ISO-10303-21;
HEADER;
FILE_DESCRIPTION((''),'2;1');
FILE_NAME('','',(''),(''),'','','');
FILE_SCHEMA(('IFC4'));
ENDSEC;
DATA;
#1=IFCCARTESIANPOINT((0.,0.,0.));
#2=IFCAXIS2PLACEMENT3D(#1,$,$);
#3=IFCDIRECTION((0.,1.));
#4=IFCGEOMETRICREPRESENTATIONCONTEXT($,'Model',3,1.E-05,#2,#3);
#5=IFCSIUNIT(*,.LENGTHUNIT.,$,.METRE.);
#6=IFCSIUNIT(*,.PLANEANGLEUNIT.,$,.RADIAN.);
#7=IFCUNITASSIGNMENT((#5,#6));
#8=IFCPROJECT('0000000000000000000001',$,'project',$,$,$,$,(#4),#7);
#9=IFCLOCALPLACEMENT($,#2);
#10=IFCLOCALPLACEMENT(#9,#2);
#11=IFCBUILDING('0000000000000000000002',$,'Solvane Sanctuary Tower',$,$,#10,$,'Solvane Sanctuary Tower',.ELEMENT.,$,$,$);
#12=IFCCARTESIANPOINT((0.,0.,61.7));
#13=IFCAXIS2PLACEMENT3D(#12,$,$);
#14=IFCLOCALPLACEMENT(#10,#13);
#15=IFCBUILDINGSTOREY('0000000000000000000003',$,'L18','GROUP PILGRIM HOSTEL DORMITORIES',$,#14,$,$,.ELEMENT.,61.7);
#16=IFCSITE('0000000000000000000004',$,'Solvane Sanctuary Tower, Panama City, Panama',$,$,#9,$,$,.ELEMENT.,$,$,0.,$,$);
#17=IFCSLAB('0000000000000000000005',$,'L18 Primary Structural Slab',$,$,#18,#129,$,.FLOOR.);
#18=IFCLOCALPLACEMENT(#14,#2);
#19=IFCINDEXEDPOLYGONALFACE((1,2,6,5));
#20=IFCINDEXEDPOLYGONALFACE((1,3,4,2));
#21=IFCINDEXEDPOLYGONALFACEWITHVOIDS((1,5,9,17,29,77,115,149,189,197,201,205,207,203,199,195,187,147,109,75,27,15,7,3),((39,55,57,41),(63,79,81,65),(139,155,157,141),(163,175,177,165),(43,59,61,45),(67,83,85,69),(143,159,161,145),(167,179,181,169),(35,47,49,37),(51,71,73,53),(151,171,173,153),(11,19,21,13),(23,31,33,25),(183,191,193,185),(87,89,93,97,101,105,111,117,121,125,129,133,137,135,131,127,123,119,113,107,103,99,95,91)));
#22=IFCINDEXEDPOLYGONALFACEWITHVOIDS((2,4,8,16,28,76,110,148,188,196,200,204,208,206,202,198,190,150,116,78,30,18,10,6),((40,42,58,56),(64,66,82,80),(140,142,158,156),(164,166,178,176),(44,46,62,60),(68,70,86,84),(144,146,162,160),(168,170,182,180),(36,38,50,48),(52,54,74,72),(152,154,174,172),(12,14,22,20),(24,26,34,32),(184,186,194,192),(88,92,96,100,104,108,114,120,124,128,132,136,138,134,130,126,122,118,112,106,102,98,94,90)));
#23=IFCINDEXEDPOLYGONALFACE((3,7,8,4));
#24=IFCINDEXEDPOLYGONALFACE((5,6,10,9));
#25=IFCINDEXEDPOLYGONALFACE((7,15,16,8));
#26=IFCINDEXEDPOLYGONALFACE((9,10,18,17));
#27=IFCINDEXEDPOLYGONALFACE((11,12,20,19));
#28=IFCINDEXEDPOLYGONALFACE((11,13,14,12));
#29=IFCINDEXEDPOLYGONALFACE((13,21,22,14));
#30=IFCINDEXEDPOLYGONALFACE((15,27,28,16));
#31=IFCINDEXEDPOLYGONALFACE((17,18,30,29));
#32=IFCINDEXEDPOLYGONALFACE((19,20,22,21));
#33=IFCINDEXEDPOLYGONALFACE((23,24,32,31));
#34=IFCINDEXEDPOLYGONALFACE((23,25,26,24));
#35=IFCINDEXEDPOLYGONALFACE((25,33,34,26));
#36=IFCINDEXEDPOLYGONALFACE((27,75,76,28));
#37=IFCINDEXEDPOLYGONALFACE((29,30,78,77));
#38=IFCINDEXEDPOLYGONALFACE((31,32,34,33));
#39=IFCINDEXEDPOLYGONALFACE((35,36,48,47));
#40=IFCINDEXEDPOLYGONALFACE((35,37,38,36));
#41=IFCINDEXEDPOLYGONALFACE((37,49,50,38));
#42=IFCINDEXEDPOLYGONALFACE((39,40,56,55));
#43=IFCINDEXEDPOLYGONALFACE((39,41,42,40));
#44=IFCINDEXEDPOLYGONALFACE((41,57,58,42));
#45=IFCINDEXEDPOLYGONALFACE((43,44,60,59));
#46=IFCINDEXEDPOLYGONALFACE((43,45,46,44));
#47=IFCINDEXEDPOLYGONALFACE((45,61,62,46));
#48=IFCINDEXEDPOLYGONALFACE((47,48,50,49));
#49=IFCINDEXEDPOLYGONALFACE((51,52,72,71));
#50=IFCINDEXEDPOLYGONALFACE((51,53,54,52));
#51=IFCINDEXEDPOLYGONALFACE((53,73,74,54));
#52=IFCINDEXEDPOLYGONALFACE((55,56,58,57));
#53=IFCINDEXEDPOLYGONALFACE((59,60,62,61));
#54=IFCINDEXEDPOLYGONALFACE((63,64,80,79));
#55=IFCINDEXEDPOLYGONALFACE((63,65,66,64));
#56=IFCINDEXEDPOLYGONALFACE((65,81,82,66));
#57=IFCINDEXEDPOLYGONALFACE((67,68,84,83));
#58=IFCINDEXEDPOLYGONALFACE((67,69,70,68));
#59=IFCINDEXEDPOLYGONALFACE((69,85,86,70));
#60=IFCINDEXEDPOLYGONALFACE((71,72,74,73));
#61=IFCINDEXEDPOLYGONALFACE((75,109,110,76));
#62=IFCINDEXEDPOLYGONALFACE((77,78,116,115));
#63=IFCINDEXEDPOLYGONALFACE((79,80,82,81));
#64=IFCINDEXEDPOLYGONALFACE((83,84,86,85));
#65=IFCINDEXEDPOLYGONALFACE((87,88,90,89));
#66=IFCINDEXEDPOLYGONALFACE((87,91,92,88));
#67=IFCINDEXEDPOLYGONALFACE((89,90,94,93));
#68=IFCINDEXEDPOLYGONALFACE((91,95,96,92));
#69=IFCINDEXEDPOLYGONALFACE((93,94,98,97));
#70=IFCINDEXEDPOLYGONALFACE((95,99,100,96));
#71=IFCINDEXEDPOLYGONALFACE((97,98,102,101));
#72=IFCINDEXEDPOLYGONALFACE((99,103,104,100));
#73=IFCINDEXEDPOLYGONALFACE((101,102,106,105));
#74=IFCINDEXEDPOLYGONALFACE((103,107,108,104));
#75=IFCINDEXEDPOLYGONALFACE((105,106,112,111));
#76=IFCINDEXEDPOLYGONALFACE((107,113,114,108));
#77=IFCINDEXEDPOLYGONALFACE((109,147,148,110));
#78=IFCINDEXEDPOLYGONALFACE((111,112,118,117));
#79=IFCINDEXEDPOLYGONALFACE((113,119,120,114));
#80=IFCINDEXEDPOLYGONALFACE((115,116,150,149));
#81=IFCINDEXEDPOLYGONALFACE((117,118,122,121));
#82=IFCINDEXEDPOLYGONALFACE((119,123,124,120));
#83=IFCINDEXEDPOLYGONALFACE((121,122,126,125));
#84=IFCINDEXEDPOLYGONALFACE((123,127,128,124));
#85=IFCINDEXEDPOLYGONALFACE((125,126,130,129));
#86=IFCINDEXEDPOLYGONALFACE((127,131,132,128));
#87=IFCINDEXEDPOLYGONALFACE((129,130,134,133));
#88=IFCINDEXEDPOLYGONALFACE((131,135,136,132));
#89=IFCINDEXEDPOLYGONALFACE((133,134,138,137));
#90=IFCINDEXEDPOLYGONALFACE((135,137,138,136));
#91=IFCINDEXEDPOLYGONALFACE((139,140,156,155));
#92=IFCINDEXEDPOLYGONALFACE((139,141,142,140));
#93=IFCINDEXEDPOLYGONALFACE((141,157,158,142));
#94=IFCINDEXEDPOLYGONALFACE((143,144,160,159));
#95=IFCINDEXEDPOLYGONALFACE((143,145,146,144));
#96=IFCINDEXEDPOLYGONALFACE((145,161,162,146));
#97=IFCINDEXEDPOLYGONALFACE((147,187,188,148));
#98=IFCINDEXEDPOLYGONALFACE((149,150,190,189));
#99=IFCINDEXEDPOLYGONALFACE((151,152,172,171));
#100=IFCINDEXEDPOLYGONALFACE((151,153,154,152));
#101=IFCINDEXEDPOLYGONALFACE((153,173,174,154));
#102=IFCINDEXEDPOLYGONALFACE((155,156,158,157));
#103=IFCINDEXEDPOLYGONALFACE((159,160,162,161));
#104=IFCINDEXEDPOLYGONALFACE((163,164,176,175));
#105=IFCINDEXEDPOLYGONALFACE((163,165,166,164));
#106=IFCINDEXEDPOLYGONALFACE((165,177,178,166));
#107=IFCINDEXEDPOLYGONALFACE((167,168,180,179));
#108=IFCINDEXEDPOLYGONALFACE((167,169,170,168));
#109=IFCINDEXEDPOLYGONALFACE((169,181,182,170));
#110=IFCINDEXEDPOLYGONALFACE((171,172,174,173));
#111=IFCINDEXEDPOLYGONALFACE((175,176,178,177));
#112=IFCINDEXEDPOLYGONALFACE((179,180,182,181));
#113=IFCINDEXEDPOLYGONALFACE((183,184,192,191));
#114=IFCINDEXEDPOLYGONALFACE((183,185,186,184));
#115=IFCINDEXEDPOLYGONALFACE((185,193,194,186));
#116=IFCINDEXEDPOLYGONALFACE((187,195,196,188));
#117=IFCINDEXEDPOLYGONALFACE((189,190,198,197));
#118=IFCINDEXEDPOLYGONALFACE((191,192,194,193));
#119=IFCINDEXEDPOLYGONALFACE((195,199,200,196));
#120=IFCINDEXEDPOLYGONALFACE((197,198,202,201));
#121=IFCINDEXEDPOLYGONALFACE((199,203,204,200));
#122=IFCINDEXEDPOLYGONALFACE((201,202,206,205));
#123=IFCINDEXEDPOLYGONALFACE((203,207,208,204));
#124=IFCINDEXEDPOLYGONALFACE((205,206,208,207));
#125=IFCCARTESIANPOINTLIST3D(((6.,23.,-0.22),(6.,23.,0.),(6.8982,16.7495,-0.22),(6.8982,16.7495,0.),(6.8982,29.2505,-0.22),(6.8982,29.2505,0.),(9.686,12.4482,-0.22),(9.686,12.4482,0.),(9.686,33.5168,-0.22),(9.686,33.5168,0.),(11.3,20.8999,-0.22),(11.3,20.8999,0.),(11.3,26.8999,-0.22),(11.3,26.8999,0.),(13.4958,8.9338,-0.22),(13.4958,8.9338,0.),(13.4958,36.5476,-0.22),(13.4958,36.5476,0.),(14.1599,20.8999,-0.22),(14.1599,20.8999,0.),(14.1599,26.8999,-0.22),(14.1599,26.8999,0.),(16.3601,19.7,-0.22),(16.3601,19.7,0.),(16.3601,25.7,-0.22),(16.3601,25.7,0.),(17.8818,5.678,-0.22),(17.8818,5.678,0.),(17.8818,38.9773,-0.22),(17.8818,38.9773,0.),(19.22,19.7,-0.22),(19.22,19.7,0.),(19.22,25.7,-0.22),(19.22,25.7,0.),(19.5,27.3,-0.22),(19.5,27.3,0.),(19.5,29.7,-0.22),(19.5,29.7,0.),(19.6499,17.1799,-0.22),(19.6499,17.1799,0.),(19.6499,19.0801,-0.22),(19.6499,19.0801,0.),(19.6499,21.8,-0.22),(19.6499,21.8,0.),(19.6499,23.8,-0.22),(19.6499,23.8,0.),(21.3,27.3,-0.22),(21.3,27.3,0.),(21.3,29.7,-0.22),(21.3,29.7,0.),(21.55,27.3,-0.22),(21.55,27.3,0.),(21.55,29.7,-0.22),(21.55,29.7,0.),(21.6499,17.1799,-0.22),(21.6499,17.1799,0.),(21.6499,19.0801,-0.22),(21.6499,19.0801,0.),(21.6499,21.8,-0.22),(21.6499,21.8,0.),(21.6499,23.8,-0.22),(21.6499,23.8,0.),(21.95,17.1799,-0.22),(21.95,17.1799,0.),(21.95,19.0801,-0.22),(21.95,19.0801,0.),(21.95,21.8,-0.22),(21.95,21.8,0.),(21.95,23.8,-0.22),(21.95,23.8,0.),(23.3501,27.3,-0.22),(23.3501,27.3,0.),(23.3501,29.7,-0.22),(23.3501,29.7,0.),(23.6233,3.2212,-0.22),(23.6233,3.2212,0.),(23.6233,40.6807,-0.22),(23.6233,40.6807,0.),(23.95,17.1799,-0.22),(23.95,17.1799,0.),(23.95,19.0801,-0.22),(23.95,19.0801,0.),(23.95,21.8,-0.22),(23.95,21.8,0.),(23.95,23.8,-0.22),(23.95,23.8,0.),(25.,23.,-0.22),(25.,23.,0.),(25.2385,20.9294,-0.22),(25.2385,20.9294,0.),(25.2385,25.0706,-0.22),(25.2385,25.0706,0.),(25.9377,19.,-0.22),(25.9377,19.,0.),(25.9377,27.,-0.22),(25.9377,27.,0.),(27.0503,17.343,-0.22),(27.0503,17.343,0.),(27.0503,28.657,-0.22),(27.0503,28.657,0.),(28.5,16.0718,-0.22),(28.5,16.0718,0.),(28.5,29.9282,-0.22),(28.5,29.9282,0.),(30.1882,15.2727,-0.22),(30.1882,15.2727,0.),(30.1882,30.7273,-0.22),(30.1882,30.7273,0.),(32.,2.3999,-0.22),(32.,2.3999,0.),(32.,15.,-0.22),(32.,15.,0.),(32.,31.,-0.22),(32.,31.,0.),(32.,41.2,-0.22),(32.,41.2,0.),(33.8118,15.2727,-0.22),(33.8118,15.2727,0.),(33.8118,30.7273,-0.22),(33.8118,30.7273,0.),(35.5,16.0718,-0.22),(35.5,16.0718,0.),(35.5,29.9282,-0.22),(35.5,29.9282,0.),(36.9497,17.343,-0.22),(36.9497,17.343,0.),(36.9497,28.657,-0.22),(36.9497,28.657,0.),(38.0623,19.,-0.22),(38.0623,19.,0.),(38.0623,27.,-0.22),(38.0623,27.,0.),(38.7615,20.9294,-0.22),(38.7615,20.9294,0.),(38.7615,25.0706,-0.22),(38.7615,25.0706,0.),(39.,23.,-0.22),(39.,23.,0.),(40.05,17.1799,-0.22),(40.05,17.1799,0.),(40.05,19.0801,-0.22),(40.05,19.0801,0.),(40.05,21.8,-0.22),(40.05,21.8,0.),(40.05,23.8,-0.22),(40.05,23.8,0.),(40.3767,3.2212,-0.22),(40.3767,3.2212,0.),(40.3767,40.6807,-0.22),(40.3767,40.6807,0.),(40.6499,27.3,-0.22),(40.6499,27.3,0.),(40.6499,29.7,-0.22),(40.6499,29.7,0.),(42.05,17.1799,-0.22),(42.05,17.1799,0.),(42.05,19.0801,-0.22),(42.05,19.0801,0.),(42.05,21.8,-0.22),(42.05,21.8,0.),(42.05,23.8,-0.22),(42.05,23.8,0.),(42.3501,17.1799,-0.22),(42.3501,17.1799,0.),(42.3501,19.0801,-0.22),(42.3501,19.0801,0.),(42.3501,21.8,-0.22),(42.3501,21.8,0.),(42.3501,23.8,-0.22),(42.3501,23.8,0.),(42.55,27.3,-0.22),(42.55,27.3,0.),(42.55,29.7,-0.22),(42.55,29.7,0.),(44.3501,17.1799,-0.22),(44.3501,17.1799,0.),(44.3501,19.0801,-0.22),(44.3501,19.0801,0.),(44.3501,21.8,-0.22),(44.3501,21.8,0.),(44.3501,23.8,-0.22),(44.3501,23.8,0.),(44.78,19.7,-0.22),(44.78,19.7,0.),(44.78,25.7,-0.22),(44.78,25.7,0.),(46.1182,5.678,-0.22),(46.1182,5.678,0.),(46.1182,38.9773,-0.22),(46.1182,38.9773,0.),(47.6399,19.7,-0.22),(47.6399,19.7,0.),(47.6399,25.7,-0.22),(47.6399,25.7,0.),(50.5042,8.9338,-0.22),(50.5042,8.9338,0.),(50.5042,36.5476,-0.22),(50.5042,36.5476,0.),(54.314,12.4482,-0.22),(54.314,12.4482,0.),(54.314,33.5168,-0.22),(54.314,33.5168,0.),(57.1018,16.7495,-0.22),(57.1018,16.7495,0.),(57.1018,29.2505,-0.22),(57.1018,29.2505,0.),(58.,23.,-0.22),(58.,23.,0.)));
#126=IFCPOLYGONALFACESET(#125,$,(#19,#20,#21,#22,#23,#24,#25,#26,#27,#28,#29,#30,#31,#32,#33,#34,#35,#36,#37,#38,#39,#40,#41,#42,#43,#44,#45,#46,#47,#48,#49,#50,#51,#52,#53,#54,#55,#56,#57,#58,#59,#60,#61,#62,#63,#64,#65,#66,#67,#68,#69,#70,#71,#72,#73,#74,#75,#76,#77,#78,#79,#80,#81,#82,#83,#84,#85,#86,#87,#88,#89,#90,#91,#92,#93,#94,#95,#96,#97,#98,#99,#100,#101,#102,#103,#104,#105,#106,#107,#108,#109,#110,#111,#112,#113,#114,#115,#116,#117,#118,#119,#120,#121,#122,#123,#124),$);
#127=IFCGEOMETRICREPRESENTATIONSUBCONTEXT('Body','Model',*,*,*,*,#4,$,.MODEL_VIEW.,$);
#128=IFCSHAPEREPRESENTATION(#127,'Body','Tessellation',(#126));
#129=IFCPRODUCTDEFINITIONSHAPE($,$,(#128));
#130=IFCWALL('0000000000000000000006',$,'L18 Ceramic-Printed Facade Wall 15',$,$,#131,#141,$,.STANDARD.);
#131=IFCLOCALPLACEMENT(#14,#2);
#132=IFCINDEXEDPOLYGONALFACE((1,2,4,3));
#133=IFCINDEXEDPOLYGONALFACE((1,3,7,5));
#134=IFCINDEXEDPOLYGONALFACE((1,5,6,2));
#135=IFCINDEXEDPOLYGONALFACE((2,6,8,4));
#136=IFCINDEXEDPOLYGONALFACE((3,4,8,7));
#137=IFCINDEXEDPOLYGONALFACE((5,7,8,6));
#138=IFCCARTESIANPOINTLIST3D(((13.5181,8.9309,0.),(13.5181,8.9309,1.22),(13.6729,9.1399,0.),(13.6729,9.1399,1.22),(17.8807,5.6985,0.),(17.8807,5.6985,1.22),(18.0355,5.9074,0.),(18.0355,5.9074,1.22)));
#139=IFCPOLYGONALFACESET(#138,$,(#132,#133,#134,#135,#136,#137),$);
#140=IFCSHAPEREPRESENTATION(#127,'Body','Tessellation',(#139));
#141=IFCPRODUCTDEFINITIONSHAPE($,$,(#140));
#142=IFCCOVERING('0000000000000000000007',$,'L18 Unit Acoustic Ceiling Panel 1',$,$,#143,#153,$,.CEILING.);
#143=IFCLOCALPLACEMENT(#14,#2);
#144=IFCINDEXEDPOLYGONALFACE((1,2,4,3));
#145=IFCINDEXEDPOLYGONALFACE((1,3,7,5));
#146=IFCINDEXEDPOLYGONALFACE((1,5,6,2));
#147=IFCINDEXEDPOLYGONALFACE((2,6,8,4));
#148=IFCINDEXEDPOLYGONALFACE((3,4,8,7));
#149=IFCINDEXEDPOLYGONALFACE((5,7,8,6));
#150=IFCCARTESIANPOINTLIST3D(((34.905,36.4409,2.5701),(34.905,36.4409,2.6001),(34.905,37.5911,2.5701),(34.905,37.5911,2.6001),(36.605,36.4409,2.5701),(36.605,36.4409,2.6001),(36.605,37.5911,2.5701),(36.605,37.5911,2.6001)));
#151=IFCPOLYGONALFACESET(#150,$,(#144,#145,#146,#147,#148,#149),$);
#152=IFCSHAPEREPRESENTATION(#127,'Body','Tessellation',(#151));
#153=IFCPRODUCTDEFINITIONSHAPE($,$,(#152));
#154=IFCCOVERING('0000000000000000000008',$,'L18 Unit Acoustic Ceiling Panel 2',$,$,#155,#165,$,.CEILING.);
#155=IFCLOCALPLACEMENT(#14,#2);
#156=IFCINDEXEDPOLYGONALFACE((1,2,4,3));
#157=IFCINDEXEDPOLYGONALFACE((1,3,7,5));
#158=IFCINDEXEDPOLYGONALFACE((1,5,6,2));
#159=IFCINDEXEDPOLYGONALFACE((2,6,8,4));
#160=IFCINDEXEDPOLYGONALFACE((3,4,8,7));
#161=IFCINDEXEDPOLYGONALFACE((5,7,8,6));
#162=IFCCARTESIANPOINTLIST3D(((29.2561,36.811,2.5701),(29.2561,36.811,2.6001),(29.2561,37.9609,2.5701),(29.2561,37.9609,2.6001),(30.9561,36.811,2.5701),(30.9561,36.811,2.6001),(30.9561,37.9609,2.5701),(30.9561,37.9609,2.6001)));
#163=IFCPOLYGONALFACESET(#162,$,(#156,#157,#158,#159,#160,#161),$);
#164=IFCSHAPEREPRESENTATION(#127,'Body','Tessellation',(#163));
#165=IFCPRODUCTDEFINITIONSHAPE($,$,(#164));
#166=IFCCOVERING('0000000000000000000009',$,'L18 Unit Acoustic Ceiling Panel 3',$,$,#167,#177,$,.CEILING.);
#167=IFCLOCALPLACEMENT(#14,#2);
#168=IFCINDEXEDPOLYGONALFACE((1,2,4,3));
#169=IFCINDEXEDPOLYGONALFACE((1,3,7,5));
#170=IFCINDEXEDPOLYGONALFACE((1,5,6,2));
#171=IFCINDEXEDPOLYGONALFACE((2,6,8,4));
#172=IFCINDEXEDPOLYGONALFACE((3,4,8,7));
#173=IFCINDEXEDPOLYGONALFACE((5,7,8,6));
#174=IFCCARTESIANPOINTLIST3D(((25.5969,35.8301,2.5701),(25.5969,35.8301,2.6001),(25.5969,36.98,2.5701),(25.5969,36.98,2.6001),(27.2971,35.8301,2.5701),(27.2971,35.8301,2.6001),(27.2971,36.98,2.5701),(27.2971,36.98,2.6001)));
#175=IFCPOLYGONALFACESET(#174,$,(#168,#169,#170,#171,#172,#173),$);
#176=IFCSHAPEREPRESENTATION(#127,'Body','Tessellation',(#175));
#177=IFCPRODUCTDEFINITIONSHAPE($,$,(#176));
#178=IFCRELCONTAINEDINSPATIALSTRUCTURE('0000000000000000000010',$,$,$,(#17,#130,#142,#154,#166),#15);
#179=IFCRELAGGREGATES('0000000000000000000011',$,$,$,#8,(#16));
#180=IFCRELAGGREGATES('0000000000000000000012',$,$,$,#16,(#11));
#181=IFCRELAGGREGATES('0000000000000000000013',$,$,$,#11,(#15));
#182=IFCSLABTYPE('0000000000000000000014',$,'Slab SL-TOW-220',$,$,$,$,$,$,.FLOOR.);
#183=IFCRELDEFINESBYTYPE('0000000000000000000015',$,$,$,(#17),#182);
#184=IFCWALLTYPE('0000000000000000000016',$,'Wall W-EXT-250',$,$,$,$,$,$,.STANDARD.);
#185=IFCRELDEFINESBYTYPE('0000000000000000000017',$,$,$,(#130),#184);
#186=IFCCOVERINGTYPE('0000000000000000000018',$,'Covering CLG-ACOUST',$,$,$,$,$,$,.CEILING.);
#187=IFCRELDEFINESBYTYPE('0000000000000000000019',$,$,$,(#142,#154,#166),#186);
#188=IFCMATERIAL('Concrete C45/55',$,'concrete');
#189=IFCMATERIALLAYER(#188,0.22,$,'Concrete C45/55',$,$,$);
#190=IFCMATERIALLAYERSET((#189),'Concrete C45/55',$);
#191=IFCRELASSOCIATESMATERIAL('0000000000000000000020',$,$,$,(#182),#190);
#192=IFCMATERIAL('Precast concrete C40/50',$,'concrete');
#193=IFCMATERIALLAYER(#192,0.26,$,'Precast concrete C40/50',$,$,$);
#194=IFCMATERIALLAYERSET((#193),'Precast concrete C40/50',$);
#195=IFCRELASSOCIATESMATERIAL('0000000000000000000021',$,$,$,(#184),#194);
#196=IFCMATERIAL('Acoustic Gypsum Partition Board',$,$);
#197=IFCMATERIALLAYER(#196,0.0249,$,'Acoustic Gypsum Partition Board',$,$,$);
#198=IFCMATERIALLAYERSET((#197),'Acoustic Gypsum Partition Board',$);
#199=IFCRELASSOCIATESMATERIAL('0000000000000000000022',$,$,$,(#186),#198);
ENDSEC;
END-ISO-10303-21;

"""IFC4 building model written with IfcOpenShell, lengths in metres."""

from ifc_helpers import new_model, si_unit, direction, frame, frame_2d, origin, place, context, subcontext, project, spatial, polyline, rectangle, outline, extrude, material, layer, layer_set, type_object, element, save


model = new_model("IFC4")

# Units and contexts
model_context = context("Model", 3, precision=1e-05, world=origin(), true_north=direction((0.0, 1.0)))
body_context = subcontext(model_context, "Body", "Model", "MODEL_VIEW")
ifc_project = project(units=[si_unit("LENGTHUNIT", "METRE"), si_unit("PLANEANGLEUNIT", "RADIAN")], contexts=[model_context])

# Site, building, storey
site_placement = place(None, origin())
site = spatial("IfcSite", under=ifc_project, at=site_placement, Name="Solvane Sanctuary Tower, Panama City, Panama", CompositionType="ELEMENT", RefElevation=0.0)
building_placement = place(site_placement, origin())
building = spatial("IfcBuilding", under=site, at=building_placement, Name="Solvane Sanctuary Tower", LongName="Solvane Sanctuary Tower", CompositionType="ELEMENT")
storey_placement = place(building_placement, frame((0.0, 0.0, 61.7)))
storey = spatial("IfcBuildingStorey", under=building, at=storey_placement, Name="L18", Description="GROUP PILGRIM HOSTEL DORMITORIES", CompositionType="ELEMENT", Elevation=61.7)

# Shared definitions
ifc_material_1 = material(Name="Concrete C45/55", Category="concrete")

# Slab
ifc_layer_1 = layer(ifc_material_1, 0.22, Name="Concrete C45/55")
ifc_layer_set_1 = layer_set([ifc_layer_1], Name="Concrete C45/55")
slab_type_1 = type_object("IfcSlabType", Name="Slab SL-TOW-220", PredefinedType="FLOOR", material=ifc_layer_set_1)
slab_1_placement = place(storey_placement, frame((0.0, 0.0, -0.22)))
element("IfcSlab", 1, at=slab_1_placement, inside=storey, type_object=slab_type_1, Name="L18 Primary Structural Slab", PredefinedType="FLOOR", context=body_context, shape_type="SweptSolid", body=[
    extrude(outline(polyline([(58.0, 23.0), (57.1018, 29.2505), (54.314, 33.5168), (50.5042, 36.5476), (46.1182, 38.9773), (40.3767, 40.6807), (32.0, 41.2), (23.6233, 40.6807), (17.8818, 38.9773), (13.4958, 36.5476), (9.686, 33.5168), (6.8982, 29.2505), (6.0, 23.0), (6.8982, 16.7495), (9.686, 12.4482), (13.4958, 8.9338), (17.8818, 5.678), (23.6233, 3.2212), (32.0, 2.3999), (40.3767, 3.2212), (46.1182, 5.678), (50.5042, 8.9338), (54.314, 12.4482), (57.1018, 16.7495), (58.0, 23.0)]), holes=[polyline([(38.7615, 20.9294), (38.0623, 19.0), (36.9497, 17.343), (35.5, 16.0718), (33.8118, 15.2727), (32.0, 15.0), (30.1882, 15.2727), (28.5, 16.0718), (27.0503, 17.343), (25.9377, 19.0), (25.2385, 20.9294), (25.0, 23.0), (25.2385, 25.0706), (25.9377, 27.0), (27.0503, 28.657), (28.5, 29.9282), (30.1882, 30.7273), (32.0, 31.0), (33.8118, 30.7273), (35.5, 29.9282), (36.9497, 28.657), (38.0623, 27.0), (38.7615, 25.0706), (39.0, 23.0), (38.7615, 20.9294)]), polyline([(16.3601, 19.7), (16.3601, 25.7), (19.22, 25.7), (19.22, 19.7), (16.3601, 19.7)]), polyline([(44.78, 19.7), (44.78, 25.7), (47.6399, 25.7), (47.6399, 19.7), (44.78, 19.7)]), polyline([(11.3, 20.8999), (11.3, 26.8999), (14.1599, 26.8999), (14.1599, 20.8999), (11.3, 20.8999)]), polyline([(19.6499, 19.0801), (21.6499, 19.0801), (21.6499, 17.1799), (19.6499, 17.1799), (19.6499, 19.0801)]), polyline([(21.95, 19.0801), (23.95, 19.0801), (23.95, 17.1799), (21.95, 17.1799), (21.95, 19.0801)]), polyline([(40.05, 19.0801), (42.05, 19.0801), (42.05, 17.1799), (40.05, 17.1799), (40.05, 19.0801)]), polyline([(42.3501, 19.0801), (44.3501, 19.0801), (44.3501, 17.1799), (42.3501, 17.1799), (42.3501, 19.0801)]), polyline([(19.6499, 23.8), (21.6499, 23.8), (21.6499, 21.8), (19.6499, 21.8), (19.6499, 23.8)]), polyline([(42.3501, 23.8), (44.3501, 23.8), (44.3501, 21.8), (42.3501, 21.8), (42.3501, 23.8)]), polyline([(21.95, 23.8), (23.95, 23.8), (23.95, 21.8), (21.95, 21.8), (21.95, 23.8)]), polyline([(40.05, 23.8), (42.05, 23.8), (42.05, 21.8), (40.05, 21.8), (40.05, 23.8)]), polyline([(19.5, 29.7), (21.3, 29.7), (21.3, 27.3), (19.5, 27.3), (19.5, 29.7)]), polyline([(21.55, 29.7), (23.3501, 29.7), (23.3501, 27.3), (21.55, 27.3), (21.55, 29.7)]), polyline([(40.6499, 29.7), (42.55, 29.7), (42.55, 27.3), (40.6499, 27.3), (40.6499, 29.7)])]), origin(), (0.0, 0.0, 1.0), 0.22),
])

# Wall
ifc_material_2 = material(Name="Precast concrete C40/50", Category="concrete")
ifc_layer_2 = layer(ifc_material_2, 0.26, Name="Precast concrete C40/50")
ifc_layer_set_2 = layer_set([ifc_layer_2], Name="Precast concrete C40/50")
wall_type = type_object("IfcWallType", Name="Wall W-EXT-250", PredefinedType="STANDARD", material=ifc_layer_set_2)
wall_placement = place(storey_placement, frame((13.5955, 9.0354, 0.0), z_axis=(0.0, 0.0, 1.0), x_axis=(0.803478, -0.595335, 0.0)))
element("IfcWall", 2, at=wall_placement, inside=storey, type_object=wall_type, Name="L18 Ceramic-Printed Facade Wall 15", PredefinedType="STANDARD", context=body_context, shape_type="SweptSolid", body=[
    extrude(rectangle(XDim=5.4297, YDim=0.26, at=frame_2d((2.7148, 0.0))), origin(), (0.0, 0.0, 1.0), 1.22),
])

# Coverings
ifc_material_3 = material(Name="Acoustic Gypsum Partition Board")
ifc_layer_3 = layer(ifc_material_3, 0.0249, Name="Acoustic Gypsum Partition Board")
ifc_layer_set_3 = layer_set([ifc_layer_3], Name="Acoustic Gypsum Partition Board")
covering_type_1 = type_object("IfcCoveringType", Name="Covering CLG-ACOUST", PredefinedType="CEILING", material=ifc_layer_set_3)
covering_1_placement = place(storey_placement, frame((0.0, 0.0, 2.5701)))
element("IfcCovering", 3, at=covering_1_placement, inside=storey, type_object=covering_type_1, Name="L18 Unit Acoustic Ceiling Panel 1", PredefinedType="CEILING", context=body_context, shape_type="SweptSolid", body=[
    extrude(outline(polyline([(34.905, 36.4409), (36.605, 36.4409), (36.605, 37.5911), (34.905, 37.5911), (34.905, 36.4409)])), origin(), (0.0, 0.0, 1.0), 0.03),
])
covering_2_placement = place(storey_placement, frame((0.0, 0.0, 2.5701)))
element("IfcCovering", 4, at=covering_2_placement, inside=storey, type_object=covering_type_1, Name="L18 Unit Acoustic Ceiling Panel 2", PredefinedType="CEILING", context=body_context, shape_type="SweptSolid", body=[
    extrude(outline(polyline([(29.2561, 36.811), (30.9561, 36.811), (30.9561, 37.9609), (29.2561, 37.9609), (29.2561, 36.811)])), origin(), (0.0, 0.0, 1.0), 0.03),
])
covering_3_placement = place(storey_placement, frame((0.0, 0.0, 2.5701)))
element("IfcCovering", 5, at=covering_3_placement, inside=storey, type_object=covering_type_1, Name="L18 Unit Acoustic Ceiling Panel 3", PredefinedType="CEILING", context=body_context, shape_type="SweptSolid", body=[
    extrude(outline(polyline([(25.5969, 35.8301), (27.2971, 35.8301), (27.2971, 36.98), (25.5969, 36.98), (25.5969, 35.8301)])), origin(), (0.0, 0.0, 1.0), 0.03),
])

save(model, "model.ifc")
